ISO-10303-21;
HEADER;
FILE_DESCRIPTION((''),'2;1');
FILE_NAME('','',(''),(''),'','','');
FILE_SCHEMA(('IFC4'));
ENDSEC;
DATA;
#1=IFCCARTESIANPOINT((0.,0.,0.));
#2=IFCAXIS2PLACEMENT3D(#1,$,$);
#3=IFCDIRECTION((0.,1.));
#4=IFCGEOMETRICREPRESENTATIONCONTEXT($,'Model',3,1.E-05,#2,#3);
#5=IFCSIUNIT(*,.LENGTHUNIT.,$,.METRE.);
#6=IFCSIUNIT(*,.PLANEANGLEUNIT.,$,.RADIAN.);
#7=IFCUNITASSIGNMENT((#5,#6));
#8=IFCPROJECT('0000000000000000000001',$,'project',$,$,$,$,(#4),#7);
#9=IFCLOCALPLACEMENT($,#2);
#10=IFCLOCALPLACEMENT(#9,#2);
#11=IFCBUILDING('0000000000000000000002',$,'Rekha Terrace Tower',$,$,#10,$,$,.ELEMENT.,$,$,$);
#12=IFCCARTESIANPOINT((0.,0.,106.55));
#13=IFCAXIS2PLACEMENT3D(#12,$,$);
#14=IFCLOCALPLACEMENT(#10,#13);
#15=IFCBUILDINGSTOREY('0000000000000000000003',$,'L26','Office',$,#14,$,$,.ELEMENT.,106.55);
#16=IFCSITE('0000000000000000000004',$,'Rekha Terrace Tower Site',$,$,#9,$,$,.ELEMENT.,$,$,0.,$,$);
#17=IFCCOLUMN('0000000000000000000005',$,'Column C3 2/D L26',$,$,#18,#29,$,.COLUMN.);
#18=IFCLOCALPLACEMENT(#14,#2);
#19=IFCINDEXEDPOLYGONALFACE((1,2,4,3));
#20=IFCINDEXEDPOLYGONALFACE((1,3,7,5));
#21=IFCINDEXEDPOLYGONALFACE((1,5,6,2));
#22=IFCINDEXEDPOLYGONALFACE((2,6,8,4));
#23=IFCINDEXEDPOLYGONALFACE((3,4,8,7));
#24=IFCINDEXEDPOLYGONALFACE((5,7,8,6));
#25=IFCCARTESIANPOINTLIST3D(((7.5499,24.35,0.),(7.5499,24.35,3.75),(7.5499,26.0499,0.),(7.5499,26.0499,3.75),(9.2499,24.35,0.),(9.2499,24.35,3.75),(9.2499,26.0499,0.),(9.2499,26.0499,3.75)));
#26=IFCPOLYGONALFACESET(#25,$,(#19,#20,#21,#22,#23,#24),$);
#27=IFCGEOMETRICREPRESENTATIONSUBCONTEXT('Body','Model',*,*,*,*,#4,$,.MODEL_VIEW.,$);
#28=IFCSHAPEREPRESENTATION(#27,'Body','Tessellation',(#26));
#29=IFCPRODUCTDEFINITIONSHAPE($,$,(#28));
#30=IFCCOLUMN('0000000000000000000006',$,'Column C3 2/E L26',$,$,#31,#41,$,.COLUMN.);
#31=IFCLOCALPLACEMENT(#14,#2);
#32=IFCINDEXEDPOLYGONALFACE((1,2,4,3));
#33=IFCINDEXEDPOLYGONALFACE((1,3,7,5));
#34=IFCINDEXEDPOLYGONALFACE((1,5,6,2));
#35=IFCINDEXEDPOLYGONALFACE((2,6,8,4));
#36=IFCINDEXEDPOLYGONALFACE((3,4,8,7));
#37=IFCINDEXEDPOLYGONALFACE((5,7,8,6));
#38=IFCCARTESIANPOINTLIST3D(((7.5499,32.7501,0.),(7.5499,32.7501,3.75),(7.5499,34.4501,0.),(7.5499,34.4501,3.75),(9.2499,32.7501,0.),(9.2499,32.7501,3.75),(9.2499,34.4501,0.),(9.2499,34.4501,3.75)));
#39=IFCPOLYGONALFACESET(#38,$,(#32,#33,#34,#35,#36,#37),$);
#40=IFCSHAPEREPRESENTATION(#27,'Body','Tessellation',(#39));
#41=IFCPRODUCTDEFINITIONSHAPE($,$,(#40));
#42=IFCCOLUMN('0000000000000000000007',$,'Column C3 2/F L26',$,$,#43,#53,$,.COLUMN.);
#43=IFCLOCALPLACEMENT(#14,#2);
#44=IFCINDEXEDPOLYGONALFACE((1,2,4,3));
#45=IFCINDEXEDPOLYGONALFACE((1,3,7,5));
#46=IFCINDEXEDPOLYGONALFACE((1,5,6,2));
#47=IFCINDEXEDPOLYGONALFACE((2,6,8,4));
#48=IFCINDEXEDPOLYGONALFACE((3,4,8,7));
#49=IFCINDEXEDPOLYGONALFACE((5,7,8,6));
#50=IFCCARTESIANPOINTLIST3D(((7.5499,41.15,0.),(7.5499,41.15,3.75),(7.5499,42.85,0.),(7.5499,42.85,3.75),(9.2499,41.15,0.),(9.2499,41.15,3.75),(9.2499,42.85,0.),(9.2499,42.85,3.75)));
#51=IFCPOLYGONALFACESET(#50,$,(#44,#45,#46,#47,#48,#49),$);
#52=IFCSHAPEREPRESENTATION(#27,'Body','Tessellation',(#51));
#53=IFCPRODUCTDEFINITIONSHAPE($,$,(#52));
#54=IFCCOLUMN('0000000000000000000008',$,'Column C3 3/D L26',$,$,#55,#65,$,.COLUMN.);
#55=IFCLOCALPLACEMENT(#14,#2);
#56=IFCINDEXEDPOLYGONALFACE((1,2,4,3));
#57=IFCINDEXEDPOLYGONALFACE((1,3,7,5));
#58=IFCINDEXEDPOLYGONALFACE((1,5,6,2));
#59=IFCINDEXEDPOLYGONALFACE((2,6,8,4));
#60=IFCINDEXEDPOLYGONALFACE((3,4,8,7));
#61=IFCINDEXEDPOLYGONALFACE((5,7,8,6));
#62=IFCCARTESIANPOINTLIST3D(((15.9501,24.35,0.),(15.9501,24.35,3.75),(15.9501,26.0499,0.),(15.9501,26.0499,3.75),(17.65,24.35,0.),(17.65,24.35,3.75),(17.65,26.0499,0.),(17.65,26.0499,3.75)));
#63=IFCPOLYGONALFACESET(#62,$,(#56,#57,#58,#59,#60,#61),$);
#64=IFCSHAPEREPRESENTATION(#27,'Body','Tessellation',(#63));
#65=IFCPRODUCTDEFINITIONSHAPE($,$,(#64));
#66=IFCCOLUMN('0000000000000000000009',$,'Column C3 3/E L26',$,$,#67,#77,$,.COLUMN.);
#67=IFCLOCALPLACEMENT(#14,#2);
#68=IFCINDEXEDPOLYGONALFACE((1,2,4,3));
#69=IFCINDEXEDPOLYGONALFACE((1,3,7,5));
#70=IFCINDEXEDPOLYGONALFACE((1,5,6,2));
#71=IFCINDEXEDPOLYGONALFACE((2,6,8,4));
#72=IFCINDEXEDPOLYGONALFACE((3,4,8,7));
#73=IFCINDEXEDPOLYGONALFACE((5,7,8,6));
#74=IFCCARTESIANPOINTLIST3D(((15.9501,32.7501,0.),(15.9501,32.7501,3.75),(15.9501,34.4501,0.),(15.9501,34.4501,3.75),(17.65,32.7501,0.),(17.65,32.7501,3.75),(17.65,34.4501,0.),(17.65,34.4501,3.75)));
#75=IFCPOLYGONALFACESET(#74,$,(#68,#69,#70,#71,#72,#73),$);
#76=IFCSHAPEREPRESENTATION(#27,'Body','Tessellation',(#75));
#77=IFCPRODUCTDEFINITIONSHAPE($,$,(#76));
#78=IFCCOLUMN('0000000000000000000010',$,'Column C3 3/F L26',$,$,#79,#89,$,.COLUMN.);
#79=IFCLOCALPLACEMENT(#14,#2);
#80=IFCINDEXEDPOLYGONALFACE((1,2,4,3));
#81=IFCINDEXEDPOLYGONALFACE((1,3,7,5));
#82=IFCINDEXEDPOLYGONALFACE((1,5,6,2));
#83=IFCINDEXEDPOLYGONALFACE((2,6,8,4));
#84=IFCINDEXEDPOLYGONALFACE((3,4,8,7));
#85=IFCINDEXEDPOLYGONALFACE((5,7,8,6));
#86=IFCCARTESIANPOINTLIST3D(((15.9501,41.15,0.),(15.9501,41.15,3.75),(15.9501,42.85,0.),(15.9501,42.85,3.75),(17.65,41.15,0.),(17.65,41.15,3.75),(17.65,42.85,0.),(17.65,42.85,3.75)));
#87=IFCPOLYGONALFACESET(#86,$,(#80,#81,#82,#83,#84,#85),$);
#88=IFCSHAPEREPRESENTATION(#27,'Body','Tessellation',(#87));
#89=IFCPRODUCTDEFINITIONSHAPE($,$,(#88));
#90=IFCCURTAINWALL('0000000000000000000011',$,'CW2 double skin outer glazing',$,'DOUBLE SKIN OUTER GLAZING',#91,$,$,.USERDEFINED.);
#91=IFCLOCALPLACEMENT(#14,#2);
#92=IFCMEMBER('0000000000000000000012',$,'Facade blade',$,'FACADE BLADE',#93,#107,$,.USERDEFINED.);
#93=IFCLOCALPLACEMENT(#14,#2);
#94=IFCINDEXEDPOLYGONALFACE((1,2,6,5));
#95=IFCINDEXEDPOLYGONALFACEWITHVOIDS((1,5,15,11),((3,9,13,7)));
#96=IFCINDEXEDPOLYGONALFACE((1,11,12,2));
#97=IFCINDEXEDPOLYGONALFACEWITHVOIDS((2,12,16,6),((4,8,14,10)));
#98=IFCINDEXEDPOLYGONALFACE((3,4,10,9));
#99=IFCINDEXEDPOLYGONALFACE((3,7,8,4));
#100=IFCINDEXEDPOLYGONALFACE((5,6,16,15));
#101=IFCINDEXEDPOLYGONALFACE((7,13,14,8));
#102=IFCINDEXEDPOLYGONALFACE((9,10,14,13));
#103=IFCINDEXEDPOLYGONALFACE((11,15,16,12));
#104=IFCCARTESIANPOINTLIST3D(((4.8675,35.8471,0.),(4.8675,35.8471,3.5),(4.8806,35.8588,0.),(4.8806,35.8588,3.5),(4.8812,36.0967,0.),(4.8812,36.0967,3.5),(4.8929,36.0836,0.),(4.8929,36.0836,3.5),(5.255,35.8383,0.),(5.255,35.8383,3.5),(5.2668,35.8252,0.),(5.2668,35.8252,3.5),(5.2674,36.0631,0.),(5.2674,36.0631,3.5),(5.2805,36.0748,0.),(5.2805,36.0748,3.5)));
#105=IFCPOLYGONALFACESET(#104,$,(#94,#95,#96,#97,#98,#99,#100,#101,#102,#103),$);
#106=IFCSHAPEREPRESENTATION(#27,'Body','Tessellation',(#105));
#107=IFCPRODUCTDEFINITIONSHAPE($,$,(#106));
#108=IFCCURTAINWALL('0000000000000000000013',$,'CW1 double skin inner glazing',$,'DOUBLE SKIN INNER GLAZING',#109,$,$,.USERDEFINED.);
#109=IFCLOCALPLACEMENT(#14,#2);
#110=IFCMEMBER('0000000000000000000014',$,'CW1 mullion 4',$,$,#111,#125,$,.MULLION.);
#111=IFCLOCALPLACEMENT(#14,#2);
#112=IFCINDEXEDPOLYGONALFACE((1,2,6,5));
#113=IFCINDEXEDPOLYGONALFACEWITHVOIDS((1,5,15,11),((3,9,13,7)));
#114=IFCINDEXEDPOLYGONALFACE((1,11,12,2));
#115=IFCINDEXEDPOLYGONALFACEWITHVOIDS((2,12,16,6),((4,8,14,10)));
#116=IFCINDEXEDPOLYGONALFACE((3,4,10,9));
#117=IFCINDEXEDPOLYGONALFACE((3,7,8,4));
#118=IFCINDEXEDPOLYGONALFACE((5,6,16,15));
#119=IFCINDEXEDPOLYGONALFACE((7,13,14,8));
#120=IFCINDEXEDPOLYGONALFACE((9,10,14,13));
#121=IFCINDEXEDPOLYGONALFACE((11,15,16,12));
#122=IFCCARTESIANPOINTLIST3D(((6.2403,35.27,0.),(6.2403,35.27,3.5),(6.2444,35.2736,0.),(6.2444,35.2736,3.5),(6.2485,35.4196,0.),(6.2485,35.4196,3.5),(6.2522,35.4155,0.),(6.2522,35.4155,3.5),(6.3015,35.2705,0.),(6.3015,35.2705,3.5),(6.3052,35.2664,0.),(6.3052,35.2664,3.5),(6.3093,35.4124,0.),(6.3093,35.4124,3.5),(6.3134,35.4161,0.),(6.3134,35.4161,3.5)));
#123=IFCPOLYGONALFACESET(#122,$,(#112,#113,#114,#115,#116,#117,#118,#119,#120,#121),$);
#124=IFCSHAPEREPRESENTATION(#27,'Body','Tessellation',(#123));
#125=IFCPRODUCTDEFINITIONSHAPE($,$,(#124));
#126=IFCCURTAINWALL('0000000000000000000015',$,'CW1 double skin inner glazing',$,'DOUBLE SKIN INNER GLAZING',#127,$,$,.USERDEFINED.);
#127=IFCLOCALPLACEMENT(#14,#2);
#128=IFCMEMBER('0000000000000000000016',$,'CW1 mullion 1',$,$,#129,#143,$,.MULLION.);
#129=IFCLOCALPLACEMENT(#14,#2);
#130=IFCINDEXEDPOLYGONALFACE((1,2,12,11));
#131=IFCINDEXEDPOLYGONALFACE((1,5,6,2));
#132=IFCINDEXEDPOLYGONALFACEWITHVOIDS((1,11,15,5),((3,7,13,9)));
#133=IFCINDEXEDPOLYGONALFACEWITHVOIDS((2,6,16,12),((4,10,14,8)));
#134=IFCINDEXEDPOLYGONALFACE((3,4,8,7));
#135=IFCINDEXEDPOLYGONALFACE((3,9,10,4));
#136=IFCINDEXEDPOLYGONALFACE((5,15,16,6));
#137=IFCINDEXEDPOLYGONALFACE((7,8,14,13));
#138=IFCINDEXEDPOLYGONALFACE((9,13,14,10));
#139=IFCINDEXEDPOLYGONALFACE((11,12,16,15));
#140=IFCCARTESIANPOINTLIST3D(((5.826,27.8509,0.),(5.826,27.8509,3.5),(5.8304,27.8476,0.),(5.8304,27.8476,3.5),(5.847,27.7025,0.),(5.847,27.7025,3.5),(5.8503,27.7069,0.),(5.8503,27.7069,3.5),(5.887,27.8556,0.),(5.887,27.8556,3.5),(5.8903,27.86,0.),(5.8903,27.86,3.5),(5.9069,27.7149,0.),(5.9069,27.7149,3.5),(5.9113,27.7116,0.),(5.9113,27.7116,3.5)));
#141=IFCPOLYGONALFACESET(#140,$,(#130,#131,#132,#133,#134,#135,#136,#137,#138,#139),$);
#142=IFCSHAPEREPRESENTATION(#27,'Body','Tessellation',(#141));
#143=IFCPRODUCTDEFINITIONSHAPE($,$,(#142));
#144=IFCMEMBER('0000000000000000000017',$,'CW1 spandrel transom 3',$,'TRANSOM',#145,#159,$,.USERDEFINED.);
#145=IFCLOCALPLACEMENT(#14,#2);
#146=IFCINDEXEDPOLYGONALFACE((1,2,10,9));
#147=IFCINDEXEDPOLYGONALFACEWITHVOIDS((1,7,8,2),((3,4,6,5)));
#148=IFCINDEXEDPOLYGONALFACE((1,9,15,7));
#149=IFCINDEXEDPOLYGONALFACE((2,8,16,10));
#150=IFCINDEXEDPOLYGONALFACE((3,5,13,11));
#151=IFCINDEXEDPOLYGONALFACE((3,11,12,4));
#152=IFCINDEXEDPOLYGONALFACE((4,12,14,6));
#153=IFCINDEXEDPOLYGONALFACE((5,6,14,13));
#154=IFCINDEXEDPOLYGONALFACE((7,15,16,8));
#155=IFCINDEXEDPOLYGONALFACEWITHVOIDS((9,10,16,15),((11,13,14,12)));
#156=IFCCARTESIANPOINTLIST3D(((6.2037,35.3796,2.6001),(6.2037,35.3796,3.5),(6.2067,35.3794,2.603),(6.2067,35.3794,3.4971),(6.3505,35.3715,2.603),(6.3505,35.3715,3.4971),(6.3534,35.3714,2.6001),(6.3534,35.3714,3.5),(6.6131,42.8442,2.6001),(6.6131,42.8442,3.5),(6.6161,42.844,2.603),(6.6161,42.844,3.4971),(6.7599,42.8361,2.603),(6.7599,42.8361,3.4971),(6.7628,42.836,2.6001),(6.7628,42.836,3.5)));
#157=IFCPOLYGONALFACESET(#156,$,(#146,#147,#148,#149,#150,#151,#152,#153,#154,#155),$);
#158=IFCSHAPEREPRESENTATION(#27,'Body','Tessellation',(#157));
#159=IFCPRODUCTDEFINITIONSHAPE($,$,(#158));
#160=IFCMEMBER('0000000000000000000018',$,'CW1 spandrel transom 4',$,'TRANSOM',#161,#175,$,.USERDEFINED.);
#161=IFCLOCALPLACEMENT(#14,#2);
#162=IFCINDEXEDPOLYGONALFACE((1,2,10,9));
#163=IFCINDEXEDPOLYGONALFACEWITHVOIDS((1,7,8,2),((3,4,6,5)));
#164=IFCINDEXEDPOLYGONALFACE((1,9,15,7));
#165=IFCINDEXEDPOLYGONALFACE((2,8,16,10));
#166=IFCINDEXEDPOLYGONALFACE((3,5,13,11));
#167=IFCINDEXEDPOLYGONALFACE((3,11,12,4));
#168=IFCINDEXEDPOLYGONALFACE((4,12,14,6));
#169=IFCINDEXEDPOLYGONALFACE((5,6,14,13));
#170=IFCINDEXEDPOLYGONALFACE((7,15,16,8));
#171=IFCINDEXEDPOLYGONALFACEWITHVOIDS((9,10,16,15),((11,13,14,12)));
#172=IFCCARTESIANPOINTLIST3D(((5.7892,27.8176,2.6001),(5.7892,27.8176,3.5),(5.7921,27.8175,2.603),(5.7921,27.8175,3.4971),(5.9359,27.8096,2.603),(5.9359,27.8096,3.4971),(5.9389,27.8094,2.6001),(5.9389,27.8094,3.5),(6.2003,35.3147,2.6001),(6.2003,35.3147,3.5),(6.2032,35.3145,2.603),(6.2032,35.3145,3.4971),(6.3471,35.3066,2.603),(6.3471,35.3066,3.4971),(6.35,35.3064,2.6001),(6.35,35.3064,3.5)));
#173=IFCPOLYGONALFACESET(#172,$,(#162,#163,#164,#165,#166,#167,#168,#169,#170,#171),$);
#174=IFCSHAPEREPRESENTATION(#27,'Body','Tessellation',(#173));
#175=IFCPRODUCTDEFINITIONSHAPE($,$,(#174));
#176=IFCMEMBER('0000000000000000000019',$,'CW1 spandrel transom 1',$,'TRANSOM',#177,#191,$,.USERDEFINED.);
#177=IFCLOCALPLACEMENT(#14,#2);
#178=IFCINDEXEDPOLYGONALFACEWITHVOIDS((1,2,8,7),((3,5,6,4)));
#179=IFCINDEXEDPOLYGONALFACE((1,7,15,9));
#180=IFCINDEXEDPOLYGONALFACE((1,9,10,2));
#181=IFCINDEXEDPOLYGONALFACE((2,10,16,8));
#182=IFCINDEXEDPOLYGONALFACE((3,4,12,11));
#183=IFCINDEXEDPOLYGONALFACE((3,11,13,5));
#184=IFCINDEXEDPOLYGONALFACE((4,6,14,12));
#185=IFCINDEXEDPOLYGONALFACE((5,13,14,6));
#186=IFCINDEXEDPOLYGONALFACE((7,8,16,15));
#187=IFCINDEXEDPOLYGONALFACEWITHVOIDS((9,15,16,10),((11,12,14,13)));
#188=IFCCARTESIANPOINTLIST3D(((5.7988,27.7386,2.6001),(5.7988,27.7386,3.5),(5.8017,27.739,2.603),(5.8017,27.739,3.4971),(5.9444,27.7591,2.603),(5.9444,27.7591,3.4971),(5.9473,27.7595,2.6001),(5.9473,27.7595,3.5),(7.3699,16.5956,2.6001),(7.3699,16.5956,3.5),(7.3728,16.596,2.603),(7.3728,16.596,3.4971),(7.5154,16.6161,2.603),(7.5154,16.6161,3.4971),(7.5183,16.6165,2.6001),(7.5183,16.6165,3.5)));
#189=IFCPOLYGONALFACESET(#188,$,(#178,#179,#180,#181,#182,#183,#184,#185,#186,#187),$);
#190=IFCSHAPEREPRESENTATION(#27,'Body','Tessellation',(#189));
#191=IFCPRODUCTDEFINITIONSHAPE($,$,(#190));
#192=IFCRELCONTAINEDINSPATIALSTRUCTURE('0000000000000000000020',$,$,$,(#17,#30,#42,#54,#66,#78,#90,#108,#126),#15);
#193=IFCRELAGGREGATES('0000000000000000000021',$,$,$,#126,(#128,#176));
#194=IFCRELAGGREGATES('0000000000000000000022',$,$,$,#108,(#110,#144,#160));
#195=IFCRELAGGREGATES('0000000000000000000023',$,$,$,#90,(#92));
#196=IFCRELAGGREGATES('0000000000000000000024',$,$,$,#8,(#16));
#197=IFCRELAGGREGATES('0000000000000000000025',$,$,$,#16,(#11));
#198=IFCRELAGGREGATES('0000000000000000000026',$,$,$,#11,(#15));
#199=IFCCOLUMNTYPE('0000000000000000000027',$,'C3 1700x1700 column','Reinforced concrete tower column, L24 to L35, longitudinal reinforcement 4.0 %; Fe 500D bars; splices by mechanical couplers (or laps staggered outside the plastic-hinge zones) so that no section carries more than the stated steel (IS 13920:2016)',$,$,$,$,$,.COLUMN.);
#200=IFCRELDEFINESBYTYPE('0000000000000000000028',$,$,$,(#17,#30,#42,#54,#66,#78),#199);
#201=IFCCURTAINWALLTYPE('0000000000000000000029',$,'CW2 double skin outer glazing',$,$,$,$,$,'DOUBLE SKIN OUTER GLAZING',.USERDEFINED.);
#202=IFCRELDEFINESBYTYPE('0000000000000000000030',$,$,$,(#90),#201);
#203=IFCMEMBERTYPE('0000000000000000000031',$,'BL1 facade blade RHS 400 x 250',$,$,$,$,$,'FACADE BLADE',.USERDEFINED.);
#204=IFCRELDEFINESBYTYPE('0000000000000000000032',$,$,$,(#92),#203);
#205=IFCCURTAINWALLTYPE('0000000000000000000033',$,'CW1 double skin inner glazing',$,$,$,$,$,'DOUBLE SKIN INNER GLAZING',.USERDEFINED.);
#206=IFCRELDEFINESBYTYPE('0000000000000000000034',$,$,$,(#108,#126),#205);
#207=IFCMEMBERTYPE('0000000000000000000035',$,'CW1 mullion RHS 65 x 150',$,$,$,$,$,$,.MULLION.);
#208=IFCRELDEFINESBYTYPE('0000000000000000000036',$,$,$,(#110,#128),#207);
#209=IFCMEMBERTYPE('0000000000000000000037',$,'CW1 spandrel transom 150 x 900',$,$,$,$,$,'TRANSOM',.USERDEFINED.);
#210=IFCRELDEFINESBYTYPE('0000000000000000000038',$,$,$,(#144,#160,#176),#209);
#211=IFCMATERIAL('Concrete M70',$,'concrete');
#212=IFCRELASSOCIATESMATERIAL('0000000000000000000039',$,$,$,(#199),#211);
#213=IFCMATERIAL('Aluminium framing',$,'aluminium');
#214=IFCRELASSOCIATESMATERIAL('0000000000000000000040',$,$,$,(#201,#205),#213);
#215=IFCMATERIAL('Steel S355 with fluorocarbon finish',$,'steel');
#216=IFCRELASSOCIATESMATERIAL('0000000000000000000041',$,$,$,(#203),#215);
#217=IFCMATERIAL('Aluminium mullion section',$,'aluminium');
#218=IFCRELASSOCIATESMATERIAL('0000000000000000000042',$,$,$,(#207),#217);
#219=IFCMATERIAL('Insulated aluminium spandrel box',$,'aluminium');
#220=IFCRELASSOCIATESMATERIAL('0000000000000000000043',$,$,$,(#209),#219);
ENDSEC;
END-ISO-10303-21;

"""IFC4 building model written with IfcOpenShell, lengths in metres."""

from ifc_helpers import new_model, si_unit, direction, frame, origin, origin_2d, place, context, subcontext, project, spatial, rectangle, hollow_rectangle, extrude, material, material_profile, profile_set, type_object, element, aggregate, save


model = new_model("IFC4")

# Units and contexts
model_context = context("Model", 3, precision=1e-05, world=origin(), true_north=direction((0.0, 1.0)))
body_context = subcontext(model_context, "Body", "Model", "MODEL_VIEW")
ifc_project = project(units=[si_unit("LENGTHUNIT", "METRE"), si_unit("PLANEANGLEUNIT", "RADIAN")], contexts=[model_context])

# Site, building, storey
site_placement = place(None, origin())
site = spatial("IfcSite", under=ifc_project, at=site_placement, Name="Rekha Terrace Tower Site", CompositionType="ELEMENT", RefElevation=0.0)
building_placement = place(site_placement, origin())
building = spatial("IfcBuilding", under=site, at=building_placement, Name="Rekha Terrace Tower", CompositionType="ELEMENT")
storey_placement = place(building_placement, frame((0.0, 0.0, 106.55)))
storey = spatial("IfcBuildingStorey", under=building, at=storey_placement, Name="L26", Description="Office", CompositionType="ELEMENT", Elevation=106.55)

# Columns
ifc_material_1 = material(Name="Concrete M70", Category="concrete")
ifc_material_profile_1 = material_profile(ifc_material_1, rectangle(XDim=1.7, YDim=1.7, at=origin_2d()), Name="RC 1700x1700")
ifc_profile_set_1 = profile_set([ifc_material_profile_1], Name="Concrete M70")
column_type = type_object("IfcColumnType", Name="C3 1700x1700 column", Description="Reinforced concrete tower column, L24 to L35, longitudinal reinforcement 4.0 %; Fe 500D bars; splices by mechanical couplers (or laps staggered outside the plastic-hinge zones) so that no section carries more than the stated steel (IS 13920:2016)", PredefinedType="COLUMN", material=ifc_profile_set_1)
for number, where, z_axis, x_axis, name in (
    (1, (8.3999, 25.2, 0.0), (0.0, 0.0, 1.0), (1.0, 0.0, 0.0), "Column C3 2/D L26"),
    (2, (8.3999, 33.6001, 0.0), (0.0, 0.0, 1.0), (1.0, 0.0, 0.0), "Column C3 2/E L26"),
    (3, (8.3999, 42.0, 0.0), (0.0, 0.0, 1.0), (1.0, 0.0, 0.0), "Column C3 2/F L26"),
    (4, (16.8, 25.2, 0.0), (0.0, 0.0, 1.0), (1.0, 0.0, 0.0), "Column C3 3/D L26"),
    (5, (16.8, 33.6001, 0.0), (0.0, 0.0, 1.0), (1.0, 0.0, 0.0), "Column C3 3/E L26"),
    (6, (16.8, 42.0, 0.0), (0.0, 0.0, 1.0), (1.0, 0.0, 0.0), "Column C3 3/F L26"),
):
    element("IfcColumn", number, at=place(storey_placement, frame(where, z_axis=z_axis, x_axis=x_axis)), inside=storey, type_object=column_type, Name=name, PredefinedType="COLUMN", context=body_context, shape_type="SweptSolid", body=[
        extrude(rectangle(XDim=1.7, YDim=1.7, at=origin_2d()), origin(), (0.0, 0.0, 1.0), 3.75),
    ])

# Curtain walls, members
ifc_material_2 = material(Name="Aluminium framing", Category="aluminium")
curtain_wall_type_1 = type_object("IfcCurtainWallType", Name="CW2 double skin outer glazing", ElementType="DOUBLE SKIN OUTER GLAZING", PredefinedType="USERDEFINED", material=ifc_material_2)
curtain_wall_1_placement = place(storey_placement, origin())
curtain_wall_1 = element("IfcCurtainWall", 7, at=curtain_wall_1_placement, inside=storey, type_object=curtain_wall_type_1, Name="CW2 double skin outer glazing", ObjectType="DOUBLE SKIN OUTER GLAZING", PredefinedType="USERDEFINED")
ifc_material_3 = material(Name="Steel S355 with fluorocarbon finish", Category="steel")
ifc_material_profile_2 = material_profile(ifc_material_3, hollow_rectangle(XDim=0.25, YDim=0.3999, WallThickness=0.0125, at=origin_2d()), Name="RHS400x250x12.5")
ifc_profile_set_2 = profile_set([ifc_material_profile_2], Name="Steel S355 with fluorocarbon finish")
member_type_1 = type_object("IfcMemberType", Name="BL1 facade blade RHS 400 x 250", ElementType="FACADE BLADE", PredefinedType="USERDEFINED", material=ifc_profile_set_2)
member_1_placement = place(storey_placement, frame((5.074, 35.9609, 0.0), z_axis=(0.0, 0.0, 1.0), x_axis=(-0.054743, -0.9985, 0.0)))
member_1 = element("IfcMember", 8, at=member_1_placement, type_object=member_type_1, Name="Facade blade", ObjectType="FACADE BLADE", PredefinedType="USERDEFINED", context=body_context, shape_type="SweptSolid", body=[
    extrude(hollow_rectangle(XDim=0.25, YDim=0.3999, WallThickness=0.0125, at=origin_2d()), origin(), (0.0, 0.0, 1.0), 3.5),
])
curtain_wall_type_2 = type_object("IfcCurtainWallType", Name="CW1 double skin inner glazing", ElementType="DOUBLE SKIN INNER GLAZING", PredefinedType="USERDEFINED", material=ifc_material_2)
curtain_wall_2_placement = place(storey_placement, origin())
curtain_wall_2 = element("IfcCurtainWall", 9, at=curtain_wall_2_placement, inside=storey, type_object=curtain_wall_type_2, Name="CW1 double skin inner glazing", ObjectType="DOUBLE SKIN INNER GLAZING", PredefinedType="USERDEFINED")
ifc_material_4 = material(Name="Aluminium mullion section", Category="aluminium")
ifc_material_profile_3 = material_profile(ifc_material_4, hollow_rectangle(XDim=0.0649, YDim=0.1499, WallThickness=0.0039, at=origin_2d()), Name="AL RHS 65x150")
ifc_profile_set_3 = profile_set([ifc_material_profile_3], Name="Aluminium mullion section")
member_type_2 = type_object("IfcMemberType", Name="CW1 mullion RHS 65 x 150", PredefinedType="MULLION", material=ifc_profile_set_3)
member_2_placement = place(storey_placement, frame((6.2769, 35.343, 0.0), z_axis=(0.0, 0.0, 1.0), x_axis=(0.998501, -0.054742, 0.0)))
member_2 = element("IfcMember", 10, at=member_2_placement, type_object=member_type_2, Name="CW1 mullion 4", PredefinedType="MULLION", context=body_context, shape_type="SweptSolid", body=[
    extrude(hollow_rectangle(XDim=0.0649, YDim=0.1499, WallThickness=0.0039, at=origin_2d()), origin(), (0.0, 0.0, 1.0), 3.5),
])
curtain_wall_3_placement = place(storey_placement, origin())
curtain_wall_3 = element("IfcCurtainWall", 11, at=curtain_wall_3_placement, inside=storey, type_object=curtain_wall_type_2, Name="CW1 double skin inner glazing", ObjectType="DOUBLE SKIN INNER GLAZING", PredefinedType="USERDEFINED")
member_3_placement = place(storey_placement, frame((5.8687, 27.7812, 0.0), z_axis=(0.0, 0.0, 1.0), x_axis=(0.990208, 0.139597, 0.0)))
member_3 = element("IfcMember", 12, at=member_3_placement, type_object=member_type_2, Name="CW1 mullion 1", PredefinedType="MULLION", context=body_context, shape_type="SweptSolid", body=[
    extrude(hollow_rectangle(XDim=0.0649, YDim=0.1499, WallThickness=0.0039, at=origin_2d()), origin(), (0.0, 0.0, 1.0), 3.5),
])

# Members
ifc_material_5 = material(Name="Insulated aluminium spandrel box", Category="aluminium")
ifc_material_profile_4 = material_profile(ifc_material_5, hollow_rectangle(XDim=0.1499, YDim=0.8999, WallThickness=0.0029, at=origin_2d()), Name="AL SPANDREL BOX 150x900")
ifc_profile_set_4 = profile_set([ifc_material_profile_4], Name="Insulated aluminium spandrel box")
member_type_3 = type_object("IfcMemberType", Name="CW1 spandrel transom 150 x 900", ElementType="TRANSOM", PredefinedType="USERDEFINED", material=ifc_profile_set_4)
member_4_placement = place(storey_placement, frame((6.688, 42.8401, 3.05), z_axis=(-0.054766, -0.998499, 0.0), x_axis=(0.998499, -0.054766, 0.0)))
member_4 = element("IfcMember", 13, at=member_4_placement, type_object=member_type_3, Name="CW1 spandrel transom 3", ObjectType="TRANSOM", PredefinedType="USERDEFINED", context=body_context, shape_type="SweptSolid", body=[
    extrude(hollow_rectangle(XDim=0.1499, YDim=0.8999, WallThickness=0.0029, at=origin_2d()), origin(), (0.0, 0.0, 1.0), 7.4758),
])
member_5_placement = place(storey_placement, frame((6.2751, 35.3105, 3.05), z_axis=(-0.054757, -0.9985, 0.0), x_axis=(0.9985, -0.054757, 0.0)))
member_5 = element("IfcMember", 14, at=member_5_placement, type_object=member_type_3, Name="CW1 spandrel transom 4", ObjectType="TRANSOM", PredefinedType="USERDEFINED", context=body_context, shape_type="SweptSolid", body=[
    extrude(hollow_rectangle(XDim=0.1499, YDim=0.8999, WallThickness=0.0029, at=origin_2d()), origin(), (0.0, 0.0, 1.0), 7.5083),
])
member_6_placement = place(storey_placement, frame((5.873, 27.749, 3.05), z_axis=(0.139608, -0.990207, 0.0), x_axis=(0.990207, 0.139608, 0.0)))
member_6 = element("IfcMember", 15, at=member_6_placement, type_object=member_type_3, Name="CW1 spandrel transom 1", ObjectType="TRANSOM", PredefinedType="USERDEFINED", context=body_context, shape_type="SweptSolid", body=[
    extrude(hollow_rectangle(XDim=0.1499, YDim=0.8999, WallThickness=0.0029, at=origin_2d()), origin(), (0.0, 0.0, 1.0), 11.2532),
])
aggregate(curtain_wall_3, [member_3, member_6])

aggregate(curtain_wall_2, [member_2, member_4, member_5])
aggregate(curtain_wall_1, [member_1])

save(model, "model.ifc")
